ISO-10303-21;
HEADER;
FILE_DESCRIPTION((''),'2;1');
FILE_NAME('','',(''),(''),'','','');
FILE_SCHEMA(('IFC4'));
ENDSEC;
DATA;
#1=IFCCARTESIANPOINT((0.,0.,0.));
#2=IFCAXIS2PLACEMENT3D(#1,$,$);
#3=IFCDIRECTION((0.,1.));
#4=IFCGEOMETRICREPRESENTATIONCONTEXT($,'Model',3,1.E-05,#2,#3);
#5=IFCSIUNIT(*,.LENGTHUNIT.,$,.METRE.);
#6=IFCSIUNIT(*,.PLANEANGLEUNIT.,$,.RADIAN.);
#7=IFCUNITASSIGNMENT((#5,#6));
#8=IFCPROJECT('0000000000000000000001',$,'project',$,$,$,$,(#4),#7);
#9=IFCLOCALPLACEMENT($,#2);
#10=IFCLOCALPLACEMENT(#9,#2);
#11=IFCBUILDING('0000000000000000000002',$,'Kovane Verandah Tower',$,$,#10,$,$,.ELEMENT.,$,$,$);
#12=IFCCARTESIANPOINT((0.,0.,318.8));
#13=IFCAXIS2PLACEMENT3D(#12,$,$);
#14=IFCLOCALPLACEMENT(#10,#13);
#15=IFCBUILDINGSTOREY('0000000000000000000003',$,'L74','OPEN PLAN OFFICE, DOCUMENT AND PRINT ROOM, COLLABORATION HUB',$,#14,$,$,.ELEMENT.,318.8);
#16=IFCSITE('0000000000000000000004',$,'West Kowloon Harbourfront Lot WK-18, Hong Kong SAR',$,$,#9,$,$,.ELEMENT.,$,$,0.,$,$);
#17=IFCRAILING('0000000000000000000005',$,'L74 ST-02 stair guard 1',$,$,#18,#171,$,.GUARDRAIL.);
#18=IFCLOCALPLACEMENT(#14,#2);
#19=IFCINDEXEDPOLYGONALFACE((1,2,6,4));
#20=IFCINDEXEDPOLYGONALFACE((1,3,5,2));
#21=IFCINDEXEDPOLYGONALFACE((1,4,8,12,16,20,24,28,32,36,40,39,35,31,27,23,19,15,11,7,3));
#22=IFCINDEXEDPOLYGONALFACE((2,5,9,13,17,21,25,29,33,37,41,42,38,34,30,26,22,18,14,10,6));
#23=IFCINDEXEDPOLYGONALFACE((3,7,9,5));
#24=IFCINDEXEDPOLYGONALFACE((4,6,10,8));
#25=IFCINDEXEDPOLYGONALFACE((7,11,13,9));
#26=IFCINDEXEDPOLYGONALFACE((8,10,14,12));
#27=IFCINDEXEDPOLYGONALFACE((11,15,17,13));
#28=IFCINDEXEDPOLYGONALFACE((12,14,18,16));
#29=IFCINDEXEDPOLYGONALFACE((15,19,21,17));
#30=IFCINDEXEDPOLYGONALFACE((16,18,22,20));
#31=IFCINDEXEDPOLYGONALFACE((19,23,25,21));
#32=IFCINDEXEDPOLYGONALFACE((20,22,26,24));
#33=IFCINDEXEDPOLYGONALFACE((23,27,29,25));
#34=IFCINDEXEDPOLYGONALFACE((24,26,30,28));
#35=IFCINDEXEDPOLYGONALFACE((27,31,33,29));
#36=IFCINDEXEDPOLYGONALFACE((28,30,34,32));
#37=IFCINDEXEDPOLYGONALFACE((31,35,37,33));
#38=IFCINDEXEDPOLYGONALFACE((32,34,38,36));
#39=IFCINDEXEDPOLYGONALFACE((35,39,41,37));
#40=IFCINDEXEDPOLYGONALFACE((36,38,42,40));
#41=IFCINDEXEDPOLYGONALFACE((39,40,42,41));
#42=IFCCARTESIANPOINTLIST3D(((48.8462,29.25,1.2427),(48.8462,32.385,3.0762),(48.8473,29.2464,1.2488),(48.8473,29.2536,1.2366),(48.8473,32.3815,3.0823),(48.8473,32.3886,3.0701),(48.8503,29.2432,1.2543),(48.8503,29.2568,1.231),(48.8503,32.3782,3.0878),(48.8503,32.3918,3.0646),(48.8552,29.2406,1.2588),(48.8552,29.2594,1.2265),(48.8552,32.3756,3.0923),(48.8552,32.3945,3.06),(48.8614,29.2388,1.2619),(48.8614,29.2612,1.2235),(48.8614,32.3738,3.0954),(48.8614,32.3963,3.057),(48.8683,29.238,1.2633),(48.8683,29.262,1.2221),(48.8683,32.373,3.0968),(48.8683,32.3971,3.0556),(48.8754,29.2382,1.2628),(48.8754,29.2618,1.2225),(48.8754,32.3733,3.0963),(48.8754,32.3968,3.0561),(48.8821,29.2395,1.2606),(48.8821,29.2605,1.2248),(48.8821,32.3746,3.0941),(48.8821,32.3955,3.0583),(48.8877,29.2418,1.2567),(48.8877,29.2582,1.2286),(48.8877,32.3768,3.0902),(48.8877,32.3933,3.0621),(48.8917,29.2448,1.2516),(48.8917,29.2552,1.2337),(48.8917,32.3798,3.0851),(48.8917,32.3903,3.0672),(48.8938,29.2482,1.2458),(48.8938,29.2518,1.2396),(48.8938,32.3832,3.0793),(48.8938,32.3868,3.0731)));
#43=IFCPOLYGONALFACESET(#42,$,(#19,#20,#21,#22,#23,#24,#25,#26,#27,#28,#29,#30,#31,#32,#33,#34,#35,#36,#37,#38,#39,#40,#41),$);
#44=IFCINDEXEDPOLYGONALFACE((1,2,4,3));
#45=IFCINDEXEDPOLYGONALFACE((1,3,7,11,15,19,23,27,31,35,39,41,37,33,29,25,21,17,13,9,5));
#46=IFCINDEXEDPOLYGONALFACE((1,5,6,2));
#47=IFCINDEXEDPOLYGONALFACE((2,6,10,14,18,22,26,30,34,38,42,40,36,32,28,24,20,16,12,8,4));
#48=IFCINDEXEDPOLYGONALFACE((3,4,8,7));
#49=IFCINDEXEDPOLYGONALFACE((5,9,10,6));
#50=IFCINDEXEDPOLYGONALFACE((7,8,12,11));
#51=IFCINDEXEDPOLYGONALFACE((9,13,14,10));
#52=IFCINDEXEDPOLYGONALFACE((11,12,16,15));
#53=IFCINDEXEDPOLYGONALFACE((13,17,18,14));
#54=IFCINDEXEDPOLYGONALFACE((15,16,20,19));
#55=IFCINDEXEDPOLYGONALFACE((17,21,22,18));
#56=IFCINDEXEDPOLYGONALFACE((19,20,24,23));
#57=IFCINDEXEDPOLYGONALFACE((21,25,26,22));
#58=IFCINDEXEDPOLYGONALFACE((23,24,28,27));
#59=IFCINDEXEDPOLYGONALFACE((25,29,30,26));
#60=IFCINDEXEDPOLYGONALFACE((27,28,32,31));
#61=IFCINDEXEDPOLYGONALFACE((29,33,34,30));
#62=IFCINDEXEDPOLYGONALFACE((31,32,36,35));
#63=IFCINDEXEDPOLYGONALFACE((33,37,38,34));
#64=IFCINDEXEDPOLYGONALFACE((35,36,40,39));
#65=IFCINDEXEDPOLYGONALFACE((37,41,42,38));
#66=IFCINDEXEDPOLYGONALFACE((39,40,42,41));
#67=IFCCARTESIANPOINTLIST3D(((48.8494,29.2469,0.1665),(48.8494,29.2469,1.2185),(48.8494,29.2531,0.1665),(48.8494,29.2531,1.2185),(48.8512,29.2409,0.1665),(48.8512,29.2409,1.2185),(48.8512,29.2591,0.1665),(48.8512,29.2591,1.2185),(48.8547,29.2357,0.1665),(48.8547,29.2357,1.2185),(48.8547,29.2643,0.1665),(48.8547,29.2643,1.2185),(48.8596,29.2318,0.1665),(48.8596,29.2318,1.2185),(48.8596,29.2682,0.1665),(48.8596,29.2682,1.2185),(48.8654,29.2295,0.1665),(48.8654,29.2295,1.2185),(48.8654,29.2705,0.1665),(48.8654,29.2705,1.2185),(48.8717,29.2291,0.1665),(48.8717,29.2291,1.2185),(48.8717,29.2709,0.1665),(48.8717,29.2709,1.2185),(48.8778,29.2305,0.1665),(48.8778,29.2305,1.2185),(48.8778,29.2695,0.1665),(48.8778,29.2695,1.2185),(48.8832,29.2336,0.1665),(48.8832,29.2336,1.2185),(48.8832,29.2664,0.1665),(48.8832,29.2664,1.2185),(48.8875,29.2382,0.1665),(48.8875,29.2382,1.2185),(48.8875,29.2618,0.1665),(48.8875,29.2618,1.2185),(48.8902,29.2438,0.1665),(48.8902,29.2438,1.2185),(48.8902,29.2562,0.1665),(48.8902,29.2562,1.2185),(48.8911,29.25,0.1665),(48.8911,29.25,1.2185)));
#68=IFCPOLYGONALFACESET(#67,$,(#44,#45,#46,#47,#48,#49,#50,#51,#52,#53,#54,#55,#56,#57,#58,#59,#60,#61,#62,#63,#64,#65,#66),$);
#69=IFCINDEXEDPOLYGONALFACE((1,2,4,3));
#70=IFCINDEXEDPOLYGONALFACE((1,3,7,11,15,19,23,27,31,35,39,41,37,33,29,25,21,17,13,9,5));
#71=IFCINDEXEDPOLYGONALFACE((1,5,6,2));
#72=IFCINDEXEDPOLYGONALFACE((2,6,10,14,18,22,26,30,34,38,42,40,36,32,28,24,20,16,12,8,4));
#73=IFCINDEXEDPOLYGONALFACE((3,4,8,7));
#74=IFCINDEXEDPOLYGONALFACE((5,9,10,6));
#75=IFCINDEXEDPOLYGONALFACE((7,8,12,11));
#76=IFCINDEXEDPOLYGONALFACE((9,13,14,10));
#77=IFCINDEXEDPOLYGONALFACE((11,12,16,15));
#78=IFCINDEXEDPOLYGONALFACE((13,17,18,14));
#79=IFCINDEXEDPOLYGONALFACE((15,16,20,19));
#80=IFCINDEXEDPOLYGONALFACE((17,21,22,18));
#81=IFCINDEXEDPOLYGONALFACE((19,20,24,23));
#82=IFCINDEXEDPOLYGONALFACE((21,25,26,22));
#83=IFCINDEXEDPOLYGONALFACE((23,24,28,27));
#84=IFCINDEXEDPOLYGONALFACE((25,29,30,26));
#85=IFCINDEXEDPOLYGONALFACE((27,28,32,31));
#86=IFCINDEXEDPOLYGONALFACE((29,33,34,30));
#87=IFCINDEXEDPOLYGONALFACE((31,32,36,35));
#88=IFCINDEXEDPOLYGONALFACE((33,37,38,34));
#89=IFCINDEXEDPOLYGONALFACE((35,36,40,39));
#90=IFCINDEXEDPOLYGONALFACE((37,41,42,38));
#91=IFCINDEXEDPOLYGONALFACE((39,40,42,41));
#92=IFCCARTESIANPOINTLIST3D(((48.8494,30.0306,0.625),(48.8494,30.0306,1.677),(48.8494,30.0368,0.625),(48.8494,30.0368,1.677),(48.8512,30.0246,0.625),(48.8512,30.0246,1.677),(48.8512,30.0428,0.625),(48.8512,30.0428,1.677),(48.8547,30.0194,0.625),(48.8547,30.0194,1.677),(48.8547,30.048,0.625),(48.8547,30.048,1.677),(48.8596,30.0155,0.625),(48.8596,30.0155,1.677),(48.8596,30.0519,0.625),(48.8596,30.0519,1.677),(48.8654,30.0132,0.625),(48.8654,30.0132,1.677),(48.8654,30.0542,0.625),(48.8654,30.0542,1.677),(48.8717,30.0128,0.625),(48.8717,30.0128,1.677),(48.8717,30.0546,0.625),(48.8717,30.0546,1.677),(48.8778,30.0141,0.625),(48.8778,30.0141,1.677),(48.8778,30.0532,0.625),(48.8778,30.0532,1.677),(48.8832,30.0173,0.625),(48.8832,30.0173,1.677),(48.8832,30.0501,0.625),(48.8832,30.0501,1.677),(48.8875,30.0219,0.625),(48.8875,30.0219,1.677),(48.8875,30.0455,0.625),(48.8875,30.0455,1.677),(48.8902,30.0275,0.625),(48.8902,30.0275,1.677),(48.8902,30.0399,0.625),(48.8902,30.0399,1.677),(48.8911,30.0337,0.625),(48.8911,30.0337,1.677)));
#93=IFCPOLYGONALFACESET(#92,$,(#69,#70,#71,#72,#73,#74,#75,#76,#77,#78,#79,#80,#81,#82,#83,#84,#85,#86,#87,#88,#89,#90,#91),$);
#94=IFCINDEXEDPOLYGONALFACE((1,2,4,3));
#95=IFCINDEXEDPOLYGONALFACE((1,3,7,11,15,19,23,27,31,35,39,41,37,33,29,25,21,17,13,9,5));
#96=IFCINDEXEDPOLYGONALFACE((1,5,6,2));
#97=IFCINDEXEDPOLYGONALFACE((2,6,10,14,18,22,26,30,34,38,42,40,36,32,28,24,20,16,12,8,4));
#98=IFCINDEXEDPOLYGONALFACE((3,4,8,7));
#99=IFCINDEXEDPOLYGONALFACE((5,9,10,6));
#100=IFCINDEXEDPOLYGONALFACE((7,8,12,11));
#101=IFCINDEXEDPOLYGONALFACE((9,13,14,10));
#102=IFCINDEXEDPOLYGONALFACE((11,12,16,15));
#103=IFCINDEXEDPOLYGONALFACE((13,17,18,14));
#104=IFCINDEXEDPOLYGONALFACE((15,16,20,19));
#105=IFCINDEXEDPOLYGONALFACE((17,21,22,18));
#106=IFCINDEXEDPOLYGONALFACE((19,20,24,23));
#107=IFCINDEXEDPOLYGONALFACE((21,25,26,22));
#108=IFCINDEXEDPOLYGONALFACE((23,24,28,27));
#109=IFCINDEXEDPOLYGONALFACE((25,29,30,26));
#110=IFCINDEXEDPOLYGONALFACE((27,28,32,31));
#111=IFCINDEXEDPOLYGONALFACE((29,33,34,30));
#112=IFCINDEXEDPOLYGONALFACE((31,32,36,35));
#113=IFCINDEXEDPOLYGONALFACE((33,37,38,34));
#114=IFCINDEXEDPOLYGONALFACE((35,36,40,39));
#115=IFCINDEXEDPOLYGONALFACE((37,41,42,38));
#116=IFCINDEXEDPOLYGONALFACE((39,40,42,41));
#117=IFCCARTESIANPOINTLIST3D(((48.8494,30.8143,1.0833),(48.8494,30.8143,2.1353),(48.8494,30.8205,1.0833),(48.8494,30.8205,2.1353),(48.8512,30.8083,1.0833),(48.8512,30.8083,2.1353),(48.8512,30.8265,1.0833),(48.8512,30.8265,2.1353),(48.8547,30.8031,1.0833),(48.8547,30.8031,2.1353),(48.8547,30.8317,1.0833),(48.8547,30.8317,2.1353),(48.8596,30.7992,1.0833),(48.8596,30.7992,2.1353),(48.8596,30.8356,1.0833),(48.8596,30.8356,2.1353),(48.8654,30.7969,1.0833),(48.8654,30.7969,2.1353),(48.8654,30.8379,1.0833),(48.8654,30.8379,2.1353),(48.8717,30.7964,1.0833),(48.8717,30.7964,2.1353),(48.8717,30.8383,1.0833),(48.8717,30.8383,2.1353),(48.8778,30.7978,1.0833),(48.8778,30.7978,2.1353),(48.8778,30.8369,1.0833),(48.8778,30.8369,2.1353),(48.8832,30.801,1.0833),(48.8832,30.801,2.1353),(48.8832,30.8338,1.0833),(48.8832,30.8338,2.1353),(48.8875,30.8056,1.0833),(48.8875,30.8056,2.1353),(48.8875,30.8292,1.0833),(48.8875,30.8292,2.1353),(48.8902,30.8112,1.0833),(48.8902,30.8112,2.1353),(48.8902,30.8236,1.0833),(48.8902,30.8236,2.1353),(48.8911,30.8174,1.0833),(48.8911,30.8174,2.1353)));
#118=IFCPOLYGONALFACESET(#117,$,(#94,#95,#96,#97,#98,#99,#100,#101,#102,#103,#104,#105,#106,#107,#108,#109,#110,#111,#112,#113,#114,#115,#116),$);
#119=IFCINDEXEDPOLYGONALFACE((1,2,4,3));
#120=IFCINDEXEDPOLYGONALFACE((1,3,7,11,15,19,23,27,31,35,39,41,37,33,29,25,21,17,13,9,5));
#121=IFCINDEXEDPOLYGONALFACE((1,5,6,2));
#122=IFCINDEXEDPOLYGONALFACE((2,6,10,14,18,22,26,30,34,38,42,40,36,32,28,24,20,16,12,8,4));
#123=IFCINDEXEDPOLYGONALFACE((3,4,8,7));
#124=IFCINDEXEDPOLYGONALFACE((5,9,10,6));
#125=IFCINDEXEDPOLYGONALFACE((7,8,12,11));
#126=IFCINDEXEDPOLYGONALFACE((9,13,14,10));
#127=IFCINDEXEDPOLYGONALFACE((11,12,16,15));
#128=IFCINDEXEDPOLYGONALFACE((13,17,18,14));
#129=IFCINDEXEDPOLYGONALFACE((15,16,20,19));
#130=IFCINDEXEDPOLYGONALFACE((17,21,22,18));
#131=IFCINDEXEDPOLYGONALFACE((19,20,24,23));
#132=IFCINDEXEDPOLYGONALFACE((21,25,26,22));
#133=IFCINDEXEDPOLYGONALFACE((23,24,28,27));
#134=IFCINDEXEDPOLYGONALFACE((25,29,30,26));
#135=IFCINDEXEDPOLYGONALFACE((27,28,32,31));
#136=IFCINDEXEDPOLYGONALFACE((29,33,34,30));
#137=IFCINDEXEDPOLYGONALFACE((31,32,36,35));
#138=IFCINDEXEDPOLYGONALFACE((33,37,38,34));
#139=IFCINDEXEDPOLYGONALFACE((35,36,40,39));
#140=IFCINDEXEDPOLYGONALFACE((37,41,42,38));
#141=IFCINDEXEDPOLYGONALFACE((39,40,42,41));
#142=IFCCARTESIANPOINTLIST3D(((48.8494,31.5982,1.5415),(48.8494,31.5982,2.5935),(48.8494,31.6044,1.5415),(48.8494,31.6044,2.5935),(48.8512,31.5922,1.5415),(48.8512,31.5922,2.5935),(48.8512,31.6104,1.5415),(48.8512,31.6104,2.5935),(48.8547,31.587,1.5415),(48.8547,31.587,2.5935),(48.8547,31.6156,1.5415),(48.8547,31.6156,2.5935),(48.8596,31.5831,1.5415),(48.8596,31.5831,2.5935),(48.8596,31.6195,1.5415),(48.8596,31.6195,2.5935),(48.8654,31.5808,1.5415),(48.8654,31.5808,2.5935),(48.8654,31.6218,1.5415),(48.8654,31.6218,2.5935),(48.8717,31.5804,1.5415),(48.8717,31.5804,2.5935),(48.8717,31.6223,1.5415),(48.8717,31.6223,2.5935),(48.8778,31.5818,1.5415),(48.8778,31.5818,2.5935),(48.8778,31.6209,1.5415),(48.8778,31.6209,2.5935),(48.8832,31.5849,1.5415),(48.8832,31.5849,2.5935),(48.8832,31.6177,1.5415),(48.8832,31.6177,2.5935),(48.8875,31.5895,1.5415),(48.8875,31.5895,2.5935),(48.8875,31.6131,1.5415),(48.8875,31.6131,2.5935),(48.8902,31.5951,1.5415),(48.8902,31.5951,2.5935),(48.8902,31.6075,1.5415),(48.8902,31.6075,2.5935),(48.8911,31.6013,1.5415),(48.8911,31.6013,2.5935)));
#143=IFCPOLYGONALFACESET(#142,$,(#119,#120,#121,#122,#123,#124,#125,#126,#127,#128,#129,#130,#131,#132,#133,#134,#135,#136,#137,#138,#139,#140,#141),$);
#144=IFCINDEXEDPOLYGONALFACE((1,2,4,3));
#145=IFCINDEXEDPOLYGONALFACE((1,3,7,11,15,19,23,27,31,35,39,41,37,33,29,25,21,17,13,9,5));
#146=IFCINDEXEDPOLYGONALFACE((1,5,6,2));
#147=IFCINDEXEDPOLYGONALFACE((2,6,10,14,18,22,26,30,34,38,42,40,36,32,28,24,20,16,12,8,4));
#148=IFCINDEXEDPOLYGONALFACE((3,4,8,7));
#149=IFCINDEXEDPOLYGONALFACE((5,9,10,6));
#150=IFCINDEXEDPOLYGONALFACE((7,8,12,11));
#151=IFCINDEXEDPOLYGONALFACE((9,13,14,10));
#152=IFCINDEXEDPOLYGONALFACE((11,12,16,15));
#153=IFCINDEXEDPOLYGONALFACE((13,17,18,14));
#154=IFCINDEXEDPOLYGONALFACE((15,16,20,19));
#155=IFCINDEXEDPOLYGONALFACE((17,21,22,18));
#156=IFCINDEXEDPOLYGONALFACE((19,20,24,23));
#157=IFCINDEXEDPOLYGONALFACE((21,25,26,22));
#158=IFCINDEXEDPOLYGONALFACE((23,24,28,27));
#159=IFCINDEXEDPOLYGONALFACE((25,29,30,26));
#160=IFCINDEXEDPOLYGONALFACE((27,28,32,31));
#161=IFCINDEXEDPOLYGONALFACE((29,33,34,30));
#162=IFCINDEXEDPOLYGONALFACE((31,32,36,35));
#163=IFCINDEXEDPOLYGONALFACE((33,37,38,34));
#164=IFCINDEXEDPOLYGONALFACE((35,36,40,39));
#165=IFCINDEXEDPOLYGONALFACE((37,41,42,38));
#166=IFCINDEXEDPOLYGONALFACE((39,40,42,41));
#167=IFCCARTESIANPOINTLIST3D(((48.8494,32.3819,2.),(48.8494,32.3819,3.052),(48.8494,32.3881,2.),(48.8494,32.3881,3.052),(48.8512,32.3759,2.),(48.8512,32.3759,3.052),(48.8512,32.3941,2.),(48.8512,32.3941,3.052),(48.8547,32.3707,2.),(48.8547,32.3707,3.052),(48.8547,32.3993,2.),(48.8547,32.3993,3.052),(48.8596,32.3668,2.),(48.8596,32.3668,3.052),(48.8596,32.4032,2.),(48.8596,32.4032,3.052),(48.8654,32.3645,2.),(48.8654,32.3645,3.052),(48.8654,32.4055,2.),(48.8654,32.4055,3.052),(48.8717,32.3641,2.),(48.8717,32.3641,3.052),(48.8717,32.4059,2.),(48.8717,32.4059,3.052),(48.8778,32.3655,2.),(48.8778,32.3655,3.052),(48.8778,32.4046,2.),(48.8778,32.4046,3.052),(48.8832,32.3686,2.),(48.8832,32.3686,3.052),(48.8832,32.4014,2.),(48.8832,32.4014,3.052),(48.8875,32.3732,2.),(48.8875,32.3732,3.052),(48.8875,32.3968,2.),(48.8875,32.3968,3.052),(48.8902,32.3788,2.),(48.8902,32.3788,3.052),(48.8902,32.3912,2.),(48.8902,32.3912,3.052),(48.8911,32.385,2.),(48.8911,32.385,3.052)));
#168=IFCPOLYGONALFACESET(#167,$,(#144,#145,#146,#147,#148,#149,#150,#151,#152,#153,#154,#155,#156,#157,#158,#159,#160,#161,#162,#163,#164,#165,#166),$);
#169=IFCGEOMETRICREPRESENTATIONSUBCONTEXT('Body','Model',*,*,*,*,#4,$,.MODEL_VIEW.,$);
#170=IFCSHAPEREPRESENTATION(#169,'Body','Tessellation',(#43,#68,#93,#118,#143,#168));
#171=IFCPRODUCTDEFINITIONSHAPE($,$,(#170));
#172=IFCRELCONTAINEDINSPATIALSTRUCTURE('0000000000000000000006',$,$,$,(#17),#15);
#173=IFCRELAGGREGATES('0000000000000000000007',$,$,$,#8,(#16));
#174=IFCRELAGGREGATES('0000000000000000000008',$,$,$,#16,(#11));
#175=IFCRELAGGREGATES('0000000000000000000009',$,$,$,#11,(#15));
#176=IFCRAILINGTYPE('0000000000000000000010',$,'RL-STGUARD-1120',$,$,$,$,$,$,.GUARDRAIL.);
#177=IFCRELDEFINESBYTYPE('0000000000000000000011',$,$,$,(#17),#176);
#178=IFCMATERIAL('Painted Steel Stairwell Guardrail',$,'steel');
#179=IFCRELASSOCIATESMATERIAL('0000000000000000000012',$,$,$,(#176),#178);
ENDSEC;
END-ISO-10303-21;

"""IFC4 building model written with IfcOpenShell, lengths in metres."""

from ifc_helpers import new_model, si_unit, direction, frame, origin, origin_2d, place, context, subcontext, project, spatial, circle, extrude, material, type_object, element, save


model = new_model("IFC4")

# Units and contexts
model_context = context("Model", 3, precision=1e-05, world=origin(), true_north=direction((0.0, 1.0)))
body_context = subcontext(model_context, "Body", "Model", "MODEL_VIEW")
ifc_project = project(units=[si_unit("LENGTHUNIT", "METRE"), si_unit("PLANEANGLEUNIT", "RADIAN")], contexts=[model_context])

# Site, building, storey
site_placement = place(None, origin())
site = spatial("IfcSite", under=ifc_project, at=site_placement, Name="West Kowloon Harbourfront Lot WK-18, Hong Kong SAR", CompositionType="ELEMENT", RefElevation=0.0)
building_placement = place(site_placement, origin())
building = spatial("IfcBuilding", under=site, at=building_placement, Name="Kovane Verandah Tower", CompositionType="ELEMENT")
storey_placement = place(building_placement, frame((0.0, 0.0, 318.8)))
storey = spatial("IfcBuildingStorey", under=building, at=storey_placement, Name="L74", Description="OPEN PLAN OFFICE, DOCUMENT AND PRINT ROOM, COLLABORATION HUB", CompositionType="ELEMENT", Elevation=318.8)

# Railing
ifc_material_1 = material(Name="Painted Steel Stairwell Guardrail", Category="steel")
railing_type_1 = type_object("IfcRailingType", Name="RL-STGUARD-1120", PredefinedType="GUARDRAIL", material=ifc_material_1)
railing_1_placement = place(storey_placement, frame((48.8701, 29.25, 0.1665)))
element("IfcRailing", 1, at=railing_1_placement, inside=storey, type_object=railing_type_1, Name="L74 ST-02 stair guard 1", PredefinedType="GUARDRAIL", context=body_context, shape_type="SweptSolid", body=[
    extrude(circle(Radius=0.0239, at=origin_2d()), frame((0.0, 0.0, 1.0762), z_axis=(0.0, 0.86321, 0.504845), x_axis=(-1.0, 0.0, 0.0)), (0.0, 0.0, 1.0), 3.6318),
    extrude(circle(Radius=0.021, at=origin_2d()), origin(), (0.0, 0.0, 1.0), 1.052),
    extrude(circle(Radius=0.021, at=origin_2d()), frame((0.0, 0.7837, 0.4585)), (0.0, 0.0, 1.0), 1.052),
    extrude(circle(Radius=0.021, at=origin_2d()), frame((0.0, 1.5674, 0.9167)), (0.0, 0.0, 1.0), 1.052),
    extrude(circle(Radius=0.021, at=origin_2d()), frame((0.0, 2.3513, 1.375)), (0.0, 0.0, 1.0), 1.052),
    extrude(circle(Radius=0.021, at=origin_2d()), frame((0.0, 3.135, 1.8335)), (0.0, 0.0, 1.0), 1.052),
])

save(model, "model.ifc")
